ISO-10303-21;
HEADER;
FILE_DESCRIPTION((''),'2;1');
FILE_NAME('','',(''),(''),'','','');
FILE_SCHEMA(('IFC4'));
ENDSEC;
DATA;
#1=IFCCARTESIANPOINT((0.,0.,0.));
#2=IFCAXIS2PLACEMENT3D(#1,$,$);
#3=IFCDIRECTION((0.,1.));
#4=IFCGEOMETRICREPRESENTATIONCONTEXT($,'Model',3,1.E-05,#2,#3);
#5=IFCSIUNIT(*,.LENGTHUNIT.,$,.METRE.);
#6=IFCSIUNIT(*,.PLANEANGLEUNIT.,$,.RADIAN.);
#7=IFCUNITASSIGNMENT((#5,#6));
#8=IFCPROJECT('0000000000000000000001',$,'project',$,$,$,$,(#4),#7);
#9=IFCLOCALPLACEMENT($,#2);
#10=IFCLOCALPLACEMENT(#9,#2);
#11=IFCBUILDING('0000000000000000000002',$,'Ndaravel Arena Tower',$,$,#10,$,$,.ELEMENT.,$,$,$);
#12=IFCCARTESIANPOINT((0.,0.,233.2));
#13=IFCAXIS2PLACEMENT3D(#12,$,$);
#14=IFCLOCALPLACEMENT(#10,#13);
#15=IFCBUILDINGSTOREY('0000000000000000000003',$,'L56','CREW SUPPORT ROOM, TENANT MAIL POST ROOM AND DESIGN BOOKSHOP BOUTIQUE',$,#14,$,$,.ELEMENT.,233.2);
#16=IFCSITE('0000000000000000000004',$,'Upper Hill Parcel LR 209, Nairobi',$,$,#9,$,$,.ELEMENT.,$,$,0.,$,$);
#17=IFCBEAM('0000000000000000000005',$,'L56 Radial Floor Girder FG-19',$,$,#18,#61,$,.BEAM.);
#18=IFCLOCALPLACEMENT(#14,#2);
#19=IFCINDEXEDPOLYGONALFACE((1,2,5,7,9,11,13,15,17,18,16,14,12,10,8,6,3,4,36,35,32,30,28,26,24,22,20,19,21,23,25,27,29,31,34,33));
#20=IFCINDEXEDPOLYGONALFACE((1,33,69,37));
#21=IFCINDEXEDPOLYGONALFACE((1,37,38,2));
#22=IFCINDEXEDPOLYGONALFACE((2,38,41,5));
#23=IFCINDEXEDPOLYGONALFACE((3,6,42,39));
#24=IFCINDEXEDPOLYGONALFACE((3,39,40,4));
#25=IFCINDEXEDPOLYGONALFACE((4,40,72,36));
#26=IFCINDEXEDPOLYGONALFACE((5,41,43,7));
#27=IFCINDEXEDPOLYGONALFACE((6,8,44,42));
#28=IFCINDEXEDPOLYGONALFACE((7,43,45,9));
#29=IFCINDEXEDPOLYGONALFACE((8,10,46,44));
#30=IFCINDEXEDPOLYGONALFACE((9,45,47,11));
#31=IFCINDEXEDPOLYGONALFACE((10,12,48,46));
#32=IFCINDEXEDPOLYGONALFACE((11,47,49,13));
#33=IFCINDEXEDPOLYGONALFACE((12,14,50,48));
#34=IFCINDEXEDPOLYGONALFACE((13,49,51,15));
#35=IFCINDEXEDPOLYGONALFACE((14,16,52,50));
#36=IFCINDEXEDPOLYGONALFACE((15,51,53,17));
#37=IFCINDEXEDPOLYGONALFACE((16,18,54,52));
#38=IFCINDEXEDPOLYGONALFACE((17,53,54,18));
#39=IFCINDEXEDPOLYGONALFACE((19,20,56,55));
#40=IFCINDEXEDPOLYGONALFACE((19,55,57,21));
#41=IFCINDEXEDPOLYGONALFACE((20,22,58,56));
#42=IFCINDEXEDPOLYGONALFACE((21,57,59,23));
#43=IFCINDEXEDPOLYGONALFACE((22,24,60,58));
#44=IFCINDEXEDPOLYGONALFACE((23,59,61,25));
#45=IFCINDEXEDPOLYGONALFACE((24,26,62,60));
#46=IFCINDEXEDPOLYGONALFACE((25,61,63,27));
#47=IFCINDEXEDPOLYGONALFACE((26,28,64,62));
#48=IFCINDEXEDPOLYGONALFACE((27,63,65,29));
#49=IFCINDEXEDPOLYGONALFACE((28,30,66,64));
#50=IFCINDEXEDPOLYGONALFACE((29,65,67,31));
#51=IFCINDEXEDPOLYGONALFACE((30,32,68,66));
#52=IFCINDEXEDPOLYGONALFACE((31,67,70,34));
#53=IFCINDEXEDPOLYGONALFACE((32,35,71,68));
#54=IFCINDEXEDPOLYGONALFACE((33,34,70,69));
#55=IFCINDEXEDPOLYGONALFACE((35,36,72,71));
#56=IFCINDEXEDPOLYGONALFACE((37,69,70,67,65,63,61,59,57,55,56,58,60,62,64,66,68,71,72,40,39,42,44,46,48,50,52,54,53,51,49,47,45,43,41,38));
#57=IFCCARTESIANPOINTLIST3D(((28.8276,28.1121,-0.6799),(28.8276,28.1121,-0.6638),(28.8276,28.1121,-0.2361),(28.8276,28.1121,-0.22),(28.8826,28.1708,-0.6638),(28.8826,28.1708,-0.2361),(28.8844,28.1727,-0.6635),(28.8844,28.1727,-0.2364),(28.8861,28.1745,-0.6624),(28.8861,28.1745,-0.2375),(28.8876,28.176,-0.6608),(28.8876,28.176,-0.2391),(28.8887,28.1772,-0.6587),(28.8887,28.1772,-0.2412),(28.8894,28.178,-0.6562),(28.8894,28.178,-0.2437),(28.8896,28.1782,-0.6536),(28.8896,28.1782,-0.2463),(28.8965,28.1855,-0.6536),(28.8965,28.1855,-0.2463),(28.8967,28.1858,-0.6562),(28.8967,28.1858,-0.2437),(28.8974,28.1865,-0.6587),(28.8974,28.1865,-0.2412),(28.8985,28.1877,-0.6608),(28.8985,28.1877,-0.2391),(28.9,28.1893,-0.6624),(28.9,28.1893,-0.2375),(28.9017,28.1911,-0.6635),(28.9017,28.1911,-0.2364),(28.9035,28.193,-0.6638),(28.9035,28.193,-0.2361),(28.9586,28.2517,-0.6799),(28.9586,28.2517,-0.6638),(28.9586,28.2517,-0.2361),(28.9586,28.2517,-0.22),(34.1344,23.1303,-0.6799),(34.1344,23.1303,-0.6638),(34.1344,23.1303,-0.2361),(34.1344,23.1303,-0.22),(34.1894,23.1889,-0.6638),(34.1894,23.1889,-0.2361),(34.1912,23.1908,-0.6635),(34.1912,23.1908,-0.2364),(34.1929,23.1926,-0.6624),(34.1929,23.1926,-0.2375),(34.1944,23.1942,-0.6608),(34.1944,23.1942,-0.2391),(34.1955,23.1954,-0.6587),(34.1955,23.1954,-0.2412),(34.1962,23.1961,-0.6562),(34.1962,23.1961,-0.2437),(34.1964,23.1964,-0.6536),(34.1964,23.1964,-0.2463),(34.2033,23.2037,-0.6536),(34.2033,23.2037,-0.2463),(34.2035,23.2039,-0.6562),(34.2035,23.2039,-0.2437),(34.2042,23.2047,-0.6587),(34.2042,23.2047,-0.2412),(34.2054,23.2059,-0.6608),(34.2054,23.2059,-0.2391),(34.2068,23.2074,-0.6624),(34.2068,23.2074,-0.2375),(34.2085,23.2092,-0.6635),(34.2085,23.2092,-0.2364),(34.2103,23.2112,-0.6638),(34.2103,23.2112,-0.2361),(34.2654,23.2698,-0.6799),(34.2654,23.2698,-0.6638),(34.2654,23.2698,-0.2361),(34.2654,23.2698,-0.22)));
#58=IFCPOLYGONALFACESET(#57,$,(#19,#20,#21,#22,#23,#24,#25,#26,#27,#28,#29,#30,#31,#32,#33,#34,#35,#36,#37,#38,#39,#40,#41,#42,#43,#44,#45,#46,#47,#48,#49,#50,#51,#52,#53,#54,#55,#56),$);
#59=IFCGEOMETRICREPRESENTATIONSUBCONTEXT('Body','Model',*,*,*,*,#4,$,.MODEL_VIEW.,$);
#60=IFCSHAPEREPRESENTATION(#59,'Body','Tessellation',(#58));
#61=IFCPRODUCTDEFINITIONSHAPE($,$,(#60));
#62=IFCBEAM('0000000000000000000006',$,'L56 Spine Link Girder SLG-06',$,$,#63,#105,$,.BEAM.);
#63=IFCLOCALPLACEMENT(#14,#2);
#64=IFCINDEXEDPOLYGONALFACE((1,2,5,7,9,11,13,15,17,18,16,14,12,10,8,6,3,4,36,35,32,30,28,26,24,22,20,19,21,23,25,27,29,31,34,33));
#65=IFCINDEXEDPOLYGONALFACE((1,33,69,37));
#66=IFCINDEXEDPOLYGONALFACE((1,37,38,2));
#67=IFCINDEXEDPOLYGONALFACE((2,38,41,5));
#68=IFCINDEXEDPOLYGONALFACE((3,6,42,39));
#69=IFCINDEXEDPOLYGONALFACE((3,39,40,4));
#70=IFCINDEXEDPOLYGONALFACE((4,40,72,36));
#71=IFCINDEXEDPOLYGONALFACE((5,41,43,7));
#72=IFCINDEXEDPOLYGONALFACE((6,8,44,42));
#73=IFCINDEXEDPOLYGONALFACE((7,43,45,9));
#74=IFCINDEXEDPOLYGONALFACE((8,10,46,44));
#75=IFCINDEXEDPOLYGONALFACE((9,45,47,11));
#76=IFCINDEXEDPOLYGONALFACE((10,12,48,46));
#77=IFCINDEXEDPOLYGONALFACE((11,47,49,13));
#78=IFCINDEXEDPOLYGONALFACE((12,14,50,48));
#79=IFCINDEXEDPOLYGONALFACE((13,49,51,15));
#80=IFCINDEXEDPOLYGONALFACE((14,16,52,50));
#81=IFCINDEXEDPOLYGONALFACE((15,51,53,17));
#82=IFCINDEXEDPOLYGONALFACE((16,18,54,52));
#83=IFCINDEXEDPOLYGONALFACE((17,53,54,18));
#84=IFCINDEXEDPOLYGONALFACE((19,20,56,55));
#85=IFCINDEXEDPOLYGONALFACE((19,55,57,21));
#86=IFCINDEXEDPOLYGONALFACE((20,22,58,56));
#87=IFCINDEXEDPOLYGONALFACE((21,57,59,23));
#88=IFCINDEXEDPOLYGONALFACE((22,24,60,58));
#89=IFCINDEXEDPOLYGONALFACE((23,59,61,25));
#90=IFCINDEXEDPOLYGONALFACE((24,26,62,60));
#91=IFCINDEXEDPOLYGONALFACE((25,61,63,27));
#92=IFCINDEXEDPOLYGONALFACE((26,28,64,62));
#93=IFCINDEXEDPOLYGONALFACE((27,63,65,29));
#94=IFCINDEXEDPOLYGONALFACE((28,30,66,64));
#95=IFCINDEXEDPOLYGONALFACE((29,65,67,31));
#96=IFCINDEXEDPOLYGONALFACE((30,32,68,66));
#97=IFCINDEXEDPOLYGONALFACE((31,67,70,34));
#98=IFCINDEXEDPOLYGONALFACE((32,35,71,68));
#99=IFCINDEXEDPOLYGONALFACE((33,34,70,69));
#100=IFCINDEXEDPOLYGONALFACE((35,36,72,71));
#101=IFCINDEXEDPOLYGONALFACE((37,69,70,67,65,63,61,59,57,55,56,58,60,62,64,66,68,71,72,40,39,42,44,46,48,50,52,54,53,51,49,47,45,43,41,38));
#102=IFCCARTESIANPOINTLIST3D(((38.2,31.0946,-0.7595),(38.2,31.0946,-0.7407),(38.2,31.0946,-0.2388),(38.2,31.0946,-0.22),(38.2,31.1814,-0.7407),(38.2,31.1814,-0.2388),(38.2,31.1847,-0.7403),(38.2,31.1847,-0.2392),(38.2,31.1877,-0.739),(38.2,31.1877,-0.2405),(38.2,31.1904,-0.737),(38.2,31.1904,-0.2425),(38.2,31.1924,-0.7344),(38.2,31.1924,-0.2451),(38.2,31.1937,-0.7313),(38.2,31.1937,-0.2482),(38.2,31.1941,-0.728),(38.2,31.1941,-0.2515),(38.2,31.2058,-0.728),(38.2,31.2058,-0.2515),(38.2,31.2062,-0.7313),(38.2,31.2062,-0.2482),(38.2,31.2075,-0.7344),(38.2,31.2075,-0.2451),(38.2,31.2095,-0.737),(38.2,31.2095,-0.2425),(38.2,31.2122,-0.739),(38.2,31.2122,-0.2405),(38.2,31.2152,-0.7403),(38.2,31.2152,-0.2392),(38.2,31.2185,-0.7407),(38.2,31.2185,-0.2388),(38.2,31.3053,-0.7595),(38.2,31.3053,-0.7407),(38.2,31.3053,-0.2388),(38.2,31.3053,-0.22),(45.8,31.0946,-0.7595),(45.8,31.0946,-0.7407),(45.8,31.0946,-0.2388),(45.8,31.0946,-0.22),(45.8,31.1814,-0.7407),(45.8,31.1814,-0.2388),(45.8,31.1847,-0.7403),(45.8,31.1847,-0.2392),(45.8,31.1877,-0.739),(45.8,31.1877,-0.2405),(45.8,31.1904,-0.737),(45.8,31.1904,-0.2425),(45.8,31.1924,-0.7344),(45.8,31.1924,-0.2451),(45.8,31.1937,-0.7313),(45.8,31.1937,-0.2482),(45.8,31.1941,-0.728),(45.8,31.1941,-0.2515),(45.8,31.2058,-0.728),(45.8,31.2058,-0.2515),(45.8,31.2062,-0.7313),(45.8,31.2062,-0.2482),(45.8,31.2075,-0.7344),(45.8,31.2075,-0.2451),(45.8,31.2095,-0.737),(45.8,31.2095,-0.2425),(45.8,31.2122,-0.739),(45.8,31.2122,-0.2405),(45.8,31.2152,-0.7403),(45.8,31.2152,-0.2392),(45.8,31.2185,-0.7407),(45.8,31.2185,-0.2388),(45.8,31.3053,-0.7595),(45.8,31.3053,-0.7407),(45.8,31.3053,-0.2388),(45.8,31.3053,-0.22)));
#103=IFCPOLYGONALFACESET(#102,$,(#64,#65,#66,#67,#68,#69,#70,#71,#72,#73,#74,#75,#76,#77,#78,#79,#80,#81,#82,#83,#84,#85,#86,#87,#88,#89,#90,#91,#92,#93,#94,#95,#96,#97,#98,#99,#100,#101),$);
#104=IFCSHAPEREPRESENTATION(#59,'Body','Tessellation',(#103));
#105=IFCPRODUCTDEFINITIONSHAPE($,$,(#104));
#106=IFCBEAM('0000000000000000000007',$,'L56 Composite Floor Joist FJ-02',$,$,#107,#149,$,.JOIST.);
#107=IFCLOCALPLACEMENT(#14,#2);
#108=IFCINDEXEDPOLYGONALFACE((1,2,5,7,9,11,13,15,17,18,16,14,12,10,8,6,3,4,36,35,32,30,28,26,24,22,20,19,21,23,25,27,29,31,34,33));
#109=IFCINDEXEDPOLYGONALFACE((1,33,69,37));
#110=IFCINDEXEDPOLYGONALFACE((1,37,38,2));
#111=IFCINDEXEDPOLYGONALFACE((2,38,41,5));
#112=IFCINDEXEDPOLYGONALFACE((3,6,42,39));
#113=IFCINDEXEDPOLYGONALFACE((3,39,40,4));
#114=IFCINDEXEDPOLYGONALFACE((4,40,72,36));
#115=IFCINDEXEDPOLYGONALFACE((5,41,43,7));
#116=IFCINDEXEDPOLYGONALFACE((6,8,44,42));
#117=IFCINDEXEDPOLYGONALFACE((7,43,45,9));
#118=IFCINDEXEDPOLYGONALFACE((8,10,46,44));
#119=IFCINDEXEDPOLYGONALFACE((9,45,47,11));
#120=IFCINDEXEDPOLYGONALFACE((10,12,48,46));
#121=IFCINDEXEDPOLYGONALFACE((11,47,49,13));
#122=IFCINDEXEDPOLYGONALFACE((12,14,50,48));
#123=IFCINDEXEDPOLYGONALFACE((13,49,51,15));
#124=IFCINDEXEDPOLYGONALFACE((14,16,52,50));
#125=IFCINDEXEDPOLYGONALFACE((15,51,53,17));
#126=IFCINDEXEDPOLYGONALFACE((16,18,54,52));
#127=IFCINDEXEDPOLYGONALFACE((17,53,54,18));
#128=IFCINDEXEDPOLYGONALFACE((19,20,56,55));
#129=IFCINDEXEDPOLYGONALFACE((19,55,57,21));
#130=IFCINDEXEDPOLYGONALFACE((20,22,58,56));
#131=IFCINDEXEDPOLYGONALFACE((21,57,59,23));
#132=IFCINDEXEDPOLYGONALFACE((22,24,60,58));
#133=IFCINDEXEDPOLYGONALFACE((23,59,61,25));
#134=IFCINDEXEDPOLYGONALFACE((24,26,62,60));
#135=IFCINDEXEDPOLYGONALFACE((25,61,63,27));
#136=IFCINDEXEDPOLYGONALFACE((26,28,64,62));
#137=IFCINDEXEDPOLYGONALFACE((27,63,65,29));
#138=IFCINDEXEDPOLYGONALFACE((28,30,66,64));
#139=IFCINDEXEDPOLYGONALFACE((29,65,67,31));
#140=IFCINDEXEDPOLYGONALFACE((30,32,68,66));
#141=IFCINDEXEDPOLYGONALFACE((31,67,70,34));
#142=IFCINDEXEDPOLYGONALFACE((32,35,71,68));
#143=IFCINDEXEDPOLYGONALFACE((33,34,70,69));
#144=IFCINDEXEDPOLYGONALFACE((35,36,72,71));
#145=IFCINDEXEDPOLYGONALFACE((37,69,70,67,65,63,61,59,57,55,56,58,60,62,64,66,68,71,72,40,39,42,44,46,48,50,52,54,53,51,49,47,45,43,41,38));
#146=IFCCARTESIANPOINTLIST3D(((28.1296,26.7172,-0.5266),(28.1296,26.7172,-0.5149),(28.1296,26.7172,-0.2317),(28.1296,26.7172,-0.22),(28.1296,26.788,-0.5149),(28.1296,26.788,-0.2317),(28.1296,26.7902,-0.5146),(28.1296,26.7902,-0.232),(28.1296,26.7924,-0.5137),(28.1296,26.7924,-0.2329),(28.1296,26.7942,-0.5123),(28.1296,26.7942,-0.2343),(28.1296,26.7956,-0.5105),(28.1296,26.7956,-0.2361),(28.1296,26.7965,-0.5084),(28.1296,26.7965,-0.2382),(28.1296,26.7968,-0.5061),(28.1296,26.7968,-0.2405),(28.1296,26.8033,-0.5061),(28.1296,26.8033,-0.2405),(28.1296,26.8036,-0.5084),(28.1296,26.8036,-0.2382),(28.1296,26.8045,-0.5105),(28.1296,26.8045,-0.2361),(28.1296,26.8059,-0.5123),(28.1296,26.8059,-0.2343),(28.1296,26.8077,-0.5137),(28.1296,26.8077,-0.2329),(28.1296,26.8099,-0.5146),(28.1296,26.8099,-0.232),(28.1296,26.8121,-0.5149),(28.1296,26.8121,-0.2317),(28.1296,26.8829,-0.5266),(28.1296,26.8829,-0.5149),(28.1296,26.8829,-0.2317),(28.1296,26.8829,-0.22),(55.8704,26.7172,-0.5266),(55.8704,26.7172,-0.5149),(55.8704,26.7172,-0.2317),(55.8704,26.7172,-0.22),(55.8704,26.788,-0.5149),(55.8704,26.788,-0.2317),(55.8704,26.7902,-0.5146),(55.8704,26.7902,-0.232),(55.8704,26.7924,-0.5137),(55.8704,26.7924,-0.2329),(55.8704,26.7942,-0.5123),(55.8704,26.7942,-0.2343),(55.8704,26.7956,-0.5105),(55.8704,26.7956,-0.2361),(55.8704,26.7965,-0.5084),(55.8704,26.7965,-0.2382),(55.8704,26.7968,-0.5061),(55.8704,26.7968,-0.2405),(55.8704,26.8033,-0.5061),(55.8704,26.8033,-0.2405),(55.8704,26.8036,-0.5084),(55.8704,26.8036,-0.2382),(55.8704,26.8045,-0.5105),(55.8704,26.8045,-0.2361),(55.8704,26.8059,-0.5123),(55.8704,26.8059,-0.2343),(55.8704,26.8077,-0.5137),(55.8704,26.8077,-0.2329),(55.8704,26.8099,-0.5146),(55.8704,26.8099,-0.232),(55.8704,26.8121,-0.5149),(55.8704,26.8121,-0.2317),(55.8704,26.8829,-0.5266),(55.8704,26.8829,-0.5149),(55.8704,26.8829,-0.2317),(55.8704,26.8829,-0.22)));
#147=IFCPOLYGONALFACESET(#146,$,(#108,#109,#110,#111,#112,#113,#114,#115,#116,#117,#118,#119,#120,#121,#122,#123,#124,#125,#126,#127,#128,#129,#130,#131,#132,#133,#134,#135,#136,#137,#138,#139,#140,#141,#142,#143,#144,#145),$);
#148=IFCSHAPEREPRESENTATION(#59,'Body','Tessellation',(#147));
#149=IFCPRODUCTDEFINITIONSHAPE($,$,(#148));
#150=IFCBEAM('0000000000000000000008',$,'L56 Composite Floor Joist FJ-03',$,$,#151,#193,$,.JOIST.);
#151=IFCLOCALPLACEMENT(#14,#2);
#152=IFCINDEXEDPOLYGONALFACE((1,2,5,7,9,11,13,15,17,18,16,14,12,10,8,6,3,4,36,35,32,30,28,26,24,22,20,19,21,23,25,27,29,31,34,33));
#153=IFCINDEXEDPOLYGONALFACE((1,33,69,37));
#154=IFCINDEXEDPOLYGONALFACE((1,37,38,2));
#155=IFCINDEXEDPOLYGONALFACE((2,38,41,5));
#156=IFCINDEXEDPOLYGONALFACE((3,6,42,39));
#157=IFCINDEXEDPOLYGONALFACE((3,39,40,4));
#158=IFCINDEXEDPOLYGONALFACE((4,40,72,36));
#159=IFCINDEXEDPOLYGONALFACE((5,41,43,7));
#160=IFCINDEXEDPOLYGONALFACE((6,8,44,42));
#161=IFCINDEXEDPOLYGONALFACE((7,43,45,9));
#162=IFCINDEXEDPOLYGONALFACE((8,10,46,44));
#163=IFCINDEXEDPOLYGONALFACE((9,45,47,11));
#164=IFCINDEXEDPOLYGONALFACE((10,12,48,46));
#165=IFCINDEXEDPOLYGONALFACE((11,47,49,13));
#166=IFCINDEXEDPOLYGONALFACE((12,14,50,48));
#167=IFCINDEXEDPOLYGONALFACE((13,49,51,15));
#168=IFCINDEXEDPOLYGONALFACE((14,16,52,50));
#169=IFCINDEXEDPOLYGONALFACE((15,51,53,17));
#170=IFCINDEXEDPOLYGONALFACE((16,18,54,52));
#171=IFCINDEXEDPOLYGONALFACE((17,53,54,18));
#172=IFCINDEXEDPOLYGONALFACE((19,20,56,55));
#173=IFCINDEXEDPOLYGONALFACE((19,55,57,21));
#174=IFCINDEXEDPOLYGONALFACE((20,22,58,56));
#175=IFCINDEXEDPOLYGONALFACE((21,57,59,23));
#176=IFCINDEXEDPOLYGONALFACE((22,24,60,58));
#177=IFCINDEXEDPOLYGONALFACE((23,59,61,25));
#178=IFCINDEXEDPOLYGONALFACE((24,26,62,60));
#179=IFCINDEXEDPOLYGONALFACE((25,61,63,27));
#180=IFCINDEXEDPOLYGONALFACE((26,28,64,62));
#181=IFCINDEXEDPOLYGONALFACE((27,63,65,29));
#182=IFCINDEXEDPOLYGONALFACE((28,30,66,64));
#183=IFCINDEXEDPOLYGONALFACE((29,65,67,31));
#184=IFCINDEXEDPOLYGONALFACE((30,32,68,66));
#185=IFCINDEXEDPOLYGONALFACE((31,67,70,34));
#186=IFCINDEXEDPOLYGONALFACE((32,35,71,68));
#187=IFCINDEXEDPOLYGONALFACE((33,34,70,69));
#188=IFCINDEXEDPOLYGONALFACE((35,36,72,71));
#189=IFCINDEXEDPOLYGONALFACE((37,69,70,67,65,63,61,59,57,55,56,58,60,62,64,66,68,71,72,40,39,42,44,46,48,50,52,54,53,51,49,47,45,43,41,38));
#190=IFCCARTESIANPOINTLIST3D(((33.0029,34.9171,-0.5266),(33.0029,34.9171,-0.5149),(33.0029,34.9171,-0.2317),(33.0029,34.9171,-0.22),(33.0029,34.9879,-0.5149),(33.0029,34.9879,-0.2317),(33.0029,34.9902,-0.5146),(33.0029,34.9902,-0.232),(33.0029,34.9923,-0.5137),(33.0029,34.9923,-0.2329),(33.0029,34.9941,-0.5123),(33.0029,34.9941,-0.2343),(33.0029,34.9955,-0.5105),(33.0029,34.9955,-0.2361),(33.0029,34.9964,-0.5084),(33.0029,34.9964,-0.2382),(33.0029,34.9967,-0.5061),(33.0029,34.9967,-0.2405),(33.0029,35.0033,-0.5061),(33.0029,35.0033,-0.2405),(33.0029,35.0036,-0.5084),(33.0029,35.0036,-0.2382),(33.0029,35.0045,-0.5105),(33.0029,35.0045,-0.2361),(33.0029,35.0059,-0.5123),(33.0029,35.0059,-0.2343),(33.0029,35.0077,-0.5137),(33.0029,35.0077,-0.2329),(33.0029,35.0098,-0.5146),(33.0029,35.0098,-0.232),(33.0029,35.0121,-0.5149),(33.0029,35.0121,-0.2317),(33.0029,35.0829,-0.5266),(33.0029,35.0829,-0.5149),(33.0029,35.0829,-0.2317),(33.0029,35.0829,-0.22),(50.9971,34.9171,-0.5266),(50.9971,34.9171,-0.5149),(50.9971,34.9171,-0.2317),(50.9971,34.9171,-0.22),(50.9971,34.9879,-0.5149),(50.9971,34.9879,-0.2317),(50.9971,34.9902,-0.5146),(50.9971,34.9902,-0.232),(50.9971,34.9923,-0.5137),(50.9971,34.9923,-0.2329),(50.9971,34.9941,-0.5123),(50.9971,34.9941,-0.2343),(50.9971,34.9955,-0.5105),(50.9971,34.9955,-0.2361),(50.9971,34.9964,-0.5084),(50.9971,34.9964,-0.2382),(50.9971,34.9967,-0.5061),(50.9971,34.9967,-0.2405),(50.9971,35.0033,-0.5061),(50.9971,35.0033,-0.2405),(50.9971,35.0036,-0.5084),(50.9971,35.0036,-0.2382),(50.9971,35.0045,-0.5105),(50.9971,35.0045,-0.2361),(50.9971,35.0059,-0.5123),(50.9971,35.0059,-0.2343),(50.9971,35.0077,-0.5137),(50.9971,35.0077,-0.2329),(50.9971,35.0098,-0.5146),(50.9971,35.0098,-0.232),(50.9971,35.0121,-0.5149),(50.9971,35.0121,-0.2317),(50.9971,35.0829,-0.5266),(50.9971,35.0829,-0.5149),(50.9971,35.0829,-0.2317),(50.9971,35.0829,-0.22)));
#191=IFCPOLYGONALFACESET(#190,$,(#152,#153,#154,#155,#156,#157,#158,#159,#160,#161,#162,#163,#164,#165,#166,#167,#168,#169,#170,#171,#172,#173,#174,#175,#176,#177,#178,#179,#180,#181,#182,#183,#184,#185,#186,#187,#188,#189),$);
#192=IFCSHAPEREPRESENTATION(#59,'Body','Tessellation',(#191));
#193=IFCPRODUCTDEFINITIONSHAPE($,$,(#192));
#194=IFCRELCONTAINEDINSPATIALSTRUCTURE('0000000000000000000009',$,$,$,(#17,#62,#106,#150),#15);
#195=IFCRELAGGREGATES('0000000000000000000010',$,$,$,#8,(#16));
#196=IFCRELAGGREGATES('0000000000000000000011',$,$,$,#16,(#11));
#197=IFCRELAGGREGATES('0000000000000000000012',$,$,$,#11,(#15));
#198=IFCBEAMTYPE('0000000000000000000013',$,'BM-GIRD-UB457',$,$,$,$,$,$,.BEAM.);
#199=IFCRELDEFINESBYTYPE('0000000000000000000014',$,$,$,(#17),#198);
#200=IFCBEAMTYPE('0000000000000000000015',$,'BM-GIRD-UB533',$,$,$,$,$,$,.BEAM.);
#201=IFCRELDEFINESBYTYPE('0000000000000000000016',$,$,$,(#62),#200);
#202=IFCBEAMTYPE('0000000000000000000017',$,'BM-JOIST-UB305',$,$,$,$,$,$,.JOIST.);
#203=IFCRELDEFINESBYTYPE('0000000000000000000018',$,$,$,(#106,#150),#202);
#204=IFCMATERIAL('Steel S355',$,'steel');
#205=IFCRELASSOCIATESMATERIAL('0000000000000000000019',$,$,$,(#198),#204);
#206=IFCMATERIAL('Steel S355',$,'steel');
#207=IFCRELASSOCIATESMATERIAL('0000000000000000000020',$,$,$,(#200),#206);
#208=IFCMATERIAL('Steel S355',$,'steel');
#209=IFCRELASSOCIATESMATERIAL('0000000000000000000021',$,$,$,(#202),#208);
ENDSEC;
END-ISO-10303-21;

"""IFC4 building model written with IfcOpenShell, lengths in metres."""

from ifc_helpers import new_model, si_unit, direction, frame, origin, origin_2d, place, context, subcontext, project, spatial, i_section, extrude, material, material_profile, profile_set, type_object, element, save


model = new_model("IFC4")

# Units and contexts
model_context = context("Model", 3, precision=1e-05, world=origin(), true_north=direction((0.0, 1.0)))
body_context = subcontext(model_context, "Body", "Model", "MODEL_VIEW")
ifc_project = project(units=[si_unit("LENGTHUNIT", "METRE"), si_unit("PLANEANGLEUNIT", "RADIAN")], contexts=[model_context])

# Site, building, storey
site_placement = place(None, origin())
site = spatial("IfcSite", under=ifc_project, at=site_placement, Name="Upper Hill Parcel LR 209, Nairobi", CompositionType="ELEMENT", RefElevation=0.0)
building_placement = place(site_placement, origin())
building = spatial("IfcBuilding", under=site, at=building_placement, Name="Ndaravel Arena Tower", CompositionType="ELEMENT")
storey_placement = place(building_placement, frame((0.0, 0.0, 233.2)))
storey = spatial("IfcBuildingStorey", under=building, at=storey_placement, Name="L56", Description="CREW SUPPORT ROOM, TENANT MAIL POST ROOM AND DESIGN BOOKSHOP BOUTIQUE", CompositionType="ELEMENT", Elevation=233.2)

# Beams
ifc_material_1 = material(Name="Steel S355", Category="steel")
ifc_material_profile_1 = material_profile(ifc_material_1, i_section(OverallWidth=0.1914, OverallDepth=0.46, WebThickness=0.01, FlangeThickness=0.0161, FilletRadius=0.0103, at=origin_2d()), Name="UB 457x191x82")
ifc_profile_set_1 = profile_set([ifc_material_profile_1], Name="Steel S355")
beam_type_1 = type_object("IfcBeamType", Name="BM-GIRD-UB457", PredefinedType="BEAM", material=ifc_profile_set_1)
beam_1_placement = place(storey_placement, frame((28.8931, 28.1819, -0.45), z_axis=(0.729076, -0.684433, 0.0), x_axis=(0.684433, 0.729076, 0.0)))
element("IfcBeam", 1, at=beam_1_placement, inside=storey, type_object=beam_type_1, Name="L56 Radial Floor Girder FG-19", PredefinedType="BEAM", context=body_context, shape_type="SweptSolid", body=[
    extrude(i_section(OverallWidth=0.1914, OverallDepth=0.46, WebThickness=0.01, FlangeThickness=0.0161, FilletRadius=0.0103, at=origin_2d()), origin(), (0.0, 0.0, 1.0), 7.2788),
])
ifc_material_2 = material(Name="Steel S355", Category="steel")
ifc_material_profile_2 = material_profile(ifc_material_2, i_section(OverallWidth=0.2107, OverallDepth=0.5396, WebThickness=0.0117, FlangeThickness=0.0188, FilletRadius=0.0127, at=origin_2d()), Name="UB 533x210x109")
ifc_profile_set_2 = profile_set([ifc_material_profile_2], Name="Steel S355")
beam_type_2 = type_object("IfcBeamType", Name="BM-GIRD-UB533", PredefinedType="BEAM", material=ifc_profile_set_2)
beam_2_placement = place(storey_placement, frame((38.2, 31.2, -0.4897), z_axis=(1.0, 0.0, 0.0), x_axis=(0.0, 1.0, 0.0)))
element("IfcBeam", 2, at=beam_2_placement, inside=storey, type_object=beam_type_2, Name="L56 Spine Link Girder SLG-06", PredefinedType="BEAM", context=body_context, shape_type="SweptSolid", body=[
    extrude(i_section(OverallWidth=0.2107, OverallDepth=0.5396, WebThickness=0.0117, FlangeThickness=0.0188, FilletRadius=0.0127, at=origin_2d()), origin(), (0.0, 0.0, 1.0), 7.6001),
])
ifc_material_3 = material(Name="Steel S355", Category="steel")
ifc_material_profile_3 = material_profile(ifc_material_3, i_section(OverallWidth=0.1658, OverallDepth=0.3066, WebThickness=0.0066, FlangeThickness=0.0117, FilletRadius=0.0088, at=origin_2d()), Name="UB 305x165x46")
ifc_profile_set_3 = profile_set([ifc_material_profile_3], Name="Steel S355")
beam_type_3 = type_object("IfcBeamType", Name="BM-JOIST-UB305", PredefinedType="JOIST", material=ifc_profile_set_3)
beam_3_placement = place(storey_placement, frame((28.1296, 26.8, -0.3733), z_axis=(1.0, 0.0, 0.0), x_axis=(0.0, 1.0, 0.0)))
element("IfcBeam", 3, at=beam_3_placement, inside=storey, type_object=beam_type_3, Name="L56 Composite Floor Joist FJ-02", PredefinedType="JOIST", context=body_context, shape_type="SweptSolid", body=[
    extrude(i_section(OverallWidth=0.1658, OverallDepth=0.3066, WebThickness=0.0066, FlangeThickness=0.0117, FilletRadius=0.0088, at=origin_2d()), origin(), (0.0, 0.0, 1.0), 27.7407),
])
beam_4_placement = place(storey_placement, frame((33.0029, 35.0, -0.3733), z_axis=(1.0, 0.0, 0.0), x_axis=(0.0, 1.0, 0.0)))
element("IfcBeam", 4, at=beam_4_placement, inside=storey, type_object=beam_type_3, Name="L56 Composite Floor Joist FJ-03", PredefinedType="JOIST", context=body_context, shape_type="SweptSolid", body=[
    extrude(i_section(OverallWidth=0.1658, OverallDepth=0.3066, WebThickness=0.0066, FlangeThickness=0.0117, FilletRadius=0.0088, at=origin_2d()), origin(), (0.0, 0.0, 1.0), 17.9941),
])

save(model, "model.ifc")
